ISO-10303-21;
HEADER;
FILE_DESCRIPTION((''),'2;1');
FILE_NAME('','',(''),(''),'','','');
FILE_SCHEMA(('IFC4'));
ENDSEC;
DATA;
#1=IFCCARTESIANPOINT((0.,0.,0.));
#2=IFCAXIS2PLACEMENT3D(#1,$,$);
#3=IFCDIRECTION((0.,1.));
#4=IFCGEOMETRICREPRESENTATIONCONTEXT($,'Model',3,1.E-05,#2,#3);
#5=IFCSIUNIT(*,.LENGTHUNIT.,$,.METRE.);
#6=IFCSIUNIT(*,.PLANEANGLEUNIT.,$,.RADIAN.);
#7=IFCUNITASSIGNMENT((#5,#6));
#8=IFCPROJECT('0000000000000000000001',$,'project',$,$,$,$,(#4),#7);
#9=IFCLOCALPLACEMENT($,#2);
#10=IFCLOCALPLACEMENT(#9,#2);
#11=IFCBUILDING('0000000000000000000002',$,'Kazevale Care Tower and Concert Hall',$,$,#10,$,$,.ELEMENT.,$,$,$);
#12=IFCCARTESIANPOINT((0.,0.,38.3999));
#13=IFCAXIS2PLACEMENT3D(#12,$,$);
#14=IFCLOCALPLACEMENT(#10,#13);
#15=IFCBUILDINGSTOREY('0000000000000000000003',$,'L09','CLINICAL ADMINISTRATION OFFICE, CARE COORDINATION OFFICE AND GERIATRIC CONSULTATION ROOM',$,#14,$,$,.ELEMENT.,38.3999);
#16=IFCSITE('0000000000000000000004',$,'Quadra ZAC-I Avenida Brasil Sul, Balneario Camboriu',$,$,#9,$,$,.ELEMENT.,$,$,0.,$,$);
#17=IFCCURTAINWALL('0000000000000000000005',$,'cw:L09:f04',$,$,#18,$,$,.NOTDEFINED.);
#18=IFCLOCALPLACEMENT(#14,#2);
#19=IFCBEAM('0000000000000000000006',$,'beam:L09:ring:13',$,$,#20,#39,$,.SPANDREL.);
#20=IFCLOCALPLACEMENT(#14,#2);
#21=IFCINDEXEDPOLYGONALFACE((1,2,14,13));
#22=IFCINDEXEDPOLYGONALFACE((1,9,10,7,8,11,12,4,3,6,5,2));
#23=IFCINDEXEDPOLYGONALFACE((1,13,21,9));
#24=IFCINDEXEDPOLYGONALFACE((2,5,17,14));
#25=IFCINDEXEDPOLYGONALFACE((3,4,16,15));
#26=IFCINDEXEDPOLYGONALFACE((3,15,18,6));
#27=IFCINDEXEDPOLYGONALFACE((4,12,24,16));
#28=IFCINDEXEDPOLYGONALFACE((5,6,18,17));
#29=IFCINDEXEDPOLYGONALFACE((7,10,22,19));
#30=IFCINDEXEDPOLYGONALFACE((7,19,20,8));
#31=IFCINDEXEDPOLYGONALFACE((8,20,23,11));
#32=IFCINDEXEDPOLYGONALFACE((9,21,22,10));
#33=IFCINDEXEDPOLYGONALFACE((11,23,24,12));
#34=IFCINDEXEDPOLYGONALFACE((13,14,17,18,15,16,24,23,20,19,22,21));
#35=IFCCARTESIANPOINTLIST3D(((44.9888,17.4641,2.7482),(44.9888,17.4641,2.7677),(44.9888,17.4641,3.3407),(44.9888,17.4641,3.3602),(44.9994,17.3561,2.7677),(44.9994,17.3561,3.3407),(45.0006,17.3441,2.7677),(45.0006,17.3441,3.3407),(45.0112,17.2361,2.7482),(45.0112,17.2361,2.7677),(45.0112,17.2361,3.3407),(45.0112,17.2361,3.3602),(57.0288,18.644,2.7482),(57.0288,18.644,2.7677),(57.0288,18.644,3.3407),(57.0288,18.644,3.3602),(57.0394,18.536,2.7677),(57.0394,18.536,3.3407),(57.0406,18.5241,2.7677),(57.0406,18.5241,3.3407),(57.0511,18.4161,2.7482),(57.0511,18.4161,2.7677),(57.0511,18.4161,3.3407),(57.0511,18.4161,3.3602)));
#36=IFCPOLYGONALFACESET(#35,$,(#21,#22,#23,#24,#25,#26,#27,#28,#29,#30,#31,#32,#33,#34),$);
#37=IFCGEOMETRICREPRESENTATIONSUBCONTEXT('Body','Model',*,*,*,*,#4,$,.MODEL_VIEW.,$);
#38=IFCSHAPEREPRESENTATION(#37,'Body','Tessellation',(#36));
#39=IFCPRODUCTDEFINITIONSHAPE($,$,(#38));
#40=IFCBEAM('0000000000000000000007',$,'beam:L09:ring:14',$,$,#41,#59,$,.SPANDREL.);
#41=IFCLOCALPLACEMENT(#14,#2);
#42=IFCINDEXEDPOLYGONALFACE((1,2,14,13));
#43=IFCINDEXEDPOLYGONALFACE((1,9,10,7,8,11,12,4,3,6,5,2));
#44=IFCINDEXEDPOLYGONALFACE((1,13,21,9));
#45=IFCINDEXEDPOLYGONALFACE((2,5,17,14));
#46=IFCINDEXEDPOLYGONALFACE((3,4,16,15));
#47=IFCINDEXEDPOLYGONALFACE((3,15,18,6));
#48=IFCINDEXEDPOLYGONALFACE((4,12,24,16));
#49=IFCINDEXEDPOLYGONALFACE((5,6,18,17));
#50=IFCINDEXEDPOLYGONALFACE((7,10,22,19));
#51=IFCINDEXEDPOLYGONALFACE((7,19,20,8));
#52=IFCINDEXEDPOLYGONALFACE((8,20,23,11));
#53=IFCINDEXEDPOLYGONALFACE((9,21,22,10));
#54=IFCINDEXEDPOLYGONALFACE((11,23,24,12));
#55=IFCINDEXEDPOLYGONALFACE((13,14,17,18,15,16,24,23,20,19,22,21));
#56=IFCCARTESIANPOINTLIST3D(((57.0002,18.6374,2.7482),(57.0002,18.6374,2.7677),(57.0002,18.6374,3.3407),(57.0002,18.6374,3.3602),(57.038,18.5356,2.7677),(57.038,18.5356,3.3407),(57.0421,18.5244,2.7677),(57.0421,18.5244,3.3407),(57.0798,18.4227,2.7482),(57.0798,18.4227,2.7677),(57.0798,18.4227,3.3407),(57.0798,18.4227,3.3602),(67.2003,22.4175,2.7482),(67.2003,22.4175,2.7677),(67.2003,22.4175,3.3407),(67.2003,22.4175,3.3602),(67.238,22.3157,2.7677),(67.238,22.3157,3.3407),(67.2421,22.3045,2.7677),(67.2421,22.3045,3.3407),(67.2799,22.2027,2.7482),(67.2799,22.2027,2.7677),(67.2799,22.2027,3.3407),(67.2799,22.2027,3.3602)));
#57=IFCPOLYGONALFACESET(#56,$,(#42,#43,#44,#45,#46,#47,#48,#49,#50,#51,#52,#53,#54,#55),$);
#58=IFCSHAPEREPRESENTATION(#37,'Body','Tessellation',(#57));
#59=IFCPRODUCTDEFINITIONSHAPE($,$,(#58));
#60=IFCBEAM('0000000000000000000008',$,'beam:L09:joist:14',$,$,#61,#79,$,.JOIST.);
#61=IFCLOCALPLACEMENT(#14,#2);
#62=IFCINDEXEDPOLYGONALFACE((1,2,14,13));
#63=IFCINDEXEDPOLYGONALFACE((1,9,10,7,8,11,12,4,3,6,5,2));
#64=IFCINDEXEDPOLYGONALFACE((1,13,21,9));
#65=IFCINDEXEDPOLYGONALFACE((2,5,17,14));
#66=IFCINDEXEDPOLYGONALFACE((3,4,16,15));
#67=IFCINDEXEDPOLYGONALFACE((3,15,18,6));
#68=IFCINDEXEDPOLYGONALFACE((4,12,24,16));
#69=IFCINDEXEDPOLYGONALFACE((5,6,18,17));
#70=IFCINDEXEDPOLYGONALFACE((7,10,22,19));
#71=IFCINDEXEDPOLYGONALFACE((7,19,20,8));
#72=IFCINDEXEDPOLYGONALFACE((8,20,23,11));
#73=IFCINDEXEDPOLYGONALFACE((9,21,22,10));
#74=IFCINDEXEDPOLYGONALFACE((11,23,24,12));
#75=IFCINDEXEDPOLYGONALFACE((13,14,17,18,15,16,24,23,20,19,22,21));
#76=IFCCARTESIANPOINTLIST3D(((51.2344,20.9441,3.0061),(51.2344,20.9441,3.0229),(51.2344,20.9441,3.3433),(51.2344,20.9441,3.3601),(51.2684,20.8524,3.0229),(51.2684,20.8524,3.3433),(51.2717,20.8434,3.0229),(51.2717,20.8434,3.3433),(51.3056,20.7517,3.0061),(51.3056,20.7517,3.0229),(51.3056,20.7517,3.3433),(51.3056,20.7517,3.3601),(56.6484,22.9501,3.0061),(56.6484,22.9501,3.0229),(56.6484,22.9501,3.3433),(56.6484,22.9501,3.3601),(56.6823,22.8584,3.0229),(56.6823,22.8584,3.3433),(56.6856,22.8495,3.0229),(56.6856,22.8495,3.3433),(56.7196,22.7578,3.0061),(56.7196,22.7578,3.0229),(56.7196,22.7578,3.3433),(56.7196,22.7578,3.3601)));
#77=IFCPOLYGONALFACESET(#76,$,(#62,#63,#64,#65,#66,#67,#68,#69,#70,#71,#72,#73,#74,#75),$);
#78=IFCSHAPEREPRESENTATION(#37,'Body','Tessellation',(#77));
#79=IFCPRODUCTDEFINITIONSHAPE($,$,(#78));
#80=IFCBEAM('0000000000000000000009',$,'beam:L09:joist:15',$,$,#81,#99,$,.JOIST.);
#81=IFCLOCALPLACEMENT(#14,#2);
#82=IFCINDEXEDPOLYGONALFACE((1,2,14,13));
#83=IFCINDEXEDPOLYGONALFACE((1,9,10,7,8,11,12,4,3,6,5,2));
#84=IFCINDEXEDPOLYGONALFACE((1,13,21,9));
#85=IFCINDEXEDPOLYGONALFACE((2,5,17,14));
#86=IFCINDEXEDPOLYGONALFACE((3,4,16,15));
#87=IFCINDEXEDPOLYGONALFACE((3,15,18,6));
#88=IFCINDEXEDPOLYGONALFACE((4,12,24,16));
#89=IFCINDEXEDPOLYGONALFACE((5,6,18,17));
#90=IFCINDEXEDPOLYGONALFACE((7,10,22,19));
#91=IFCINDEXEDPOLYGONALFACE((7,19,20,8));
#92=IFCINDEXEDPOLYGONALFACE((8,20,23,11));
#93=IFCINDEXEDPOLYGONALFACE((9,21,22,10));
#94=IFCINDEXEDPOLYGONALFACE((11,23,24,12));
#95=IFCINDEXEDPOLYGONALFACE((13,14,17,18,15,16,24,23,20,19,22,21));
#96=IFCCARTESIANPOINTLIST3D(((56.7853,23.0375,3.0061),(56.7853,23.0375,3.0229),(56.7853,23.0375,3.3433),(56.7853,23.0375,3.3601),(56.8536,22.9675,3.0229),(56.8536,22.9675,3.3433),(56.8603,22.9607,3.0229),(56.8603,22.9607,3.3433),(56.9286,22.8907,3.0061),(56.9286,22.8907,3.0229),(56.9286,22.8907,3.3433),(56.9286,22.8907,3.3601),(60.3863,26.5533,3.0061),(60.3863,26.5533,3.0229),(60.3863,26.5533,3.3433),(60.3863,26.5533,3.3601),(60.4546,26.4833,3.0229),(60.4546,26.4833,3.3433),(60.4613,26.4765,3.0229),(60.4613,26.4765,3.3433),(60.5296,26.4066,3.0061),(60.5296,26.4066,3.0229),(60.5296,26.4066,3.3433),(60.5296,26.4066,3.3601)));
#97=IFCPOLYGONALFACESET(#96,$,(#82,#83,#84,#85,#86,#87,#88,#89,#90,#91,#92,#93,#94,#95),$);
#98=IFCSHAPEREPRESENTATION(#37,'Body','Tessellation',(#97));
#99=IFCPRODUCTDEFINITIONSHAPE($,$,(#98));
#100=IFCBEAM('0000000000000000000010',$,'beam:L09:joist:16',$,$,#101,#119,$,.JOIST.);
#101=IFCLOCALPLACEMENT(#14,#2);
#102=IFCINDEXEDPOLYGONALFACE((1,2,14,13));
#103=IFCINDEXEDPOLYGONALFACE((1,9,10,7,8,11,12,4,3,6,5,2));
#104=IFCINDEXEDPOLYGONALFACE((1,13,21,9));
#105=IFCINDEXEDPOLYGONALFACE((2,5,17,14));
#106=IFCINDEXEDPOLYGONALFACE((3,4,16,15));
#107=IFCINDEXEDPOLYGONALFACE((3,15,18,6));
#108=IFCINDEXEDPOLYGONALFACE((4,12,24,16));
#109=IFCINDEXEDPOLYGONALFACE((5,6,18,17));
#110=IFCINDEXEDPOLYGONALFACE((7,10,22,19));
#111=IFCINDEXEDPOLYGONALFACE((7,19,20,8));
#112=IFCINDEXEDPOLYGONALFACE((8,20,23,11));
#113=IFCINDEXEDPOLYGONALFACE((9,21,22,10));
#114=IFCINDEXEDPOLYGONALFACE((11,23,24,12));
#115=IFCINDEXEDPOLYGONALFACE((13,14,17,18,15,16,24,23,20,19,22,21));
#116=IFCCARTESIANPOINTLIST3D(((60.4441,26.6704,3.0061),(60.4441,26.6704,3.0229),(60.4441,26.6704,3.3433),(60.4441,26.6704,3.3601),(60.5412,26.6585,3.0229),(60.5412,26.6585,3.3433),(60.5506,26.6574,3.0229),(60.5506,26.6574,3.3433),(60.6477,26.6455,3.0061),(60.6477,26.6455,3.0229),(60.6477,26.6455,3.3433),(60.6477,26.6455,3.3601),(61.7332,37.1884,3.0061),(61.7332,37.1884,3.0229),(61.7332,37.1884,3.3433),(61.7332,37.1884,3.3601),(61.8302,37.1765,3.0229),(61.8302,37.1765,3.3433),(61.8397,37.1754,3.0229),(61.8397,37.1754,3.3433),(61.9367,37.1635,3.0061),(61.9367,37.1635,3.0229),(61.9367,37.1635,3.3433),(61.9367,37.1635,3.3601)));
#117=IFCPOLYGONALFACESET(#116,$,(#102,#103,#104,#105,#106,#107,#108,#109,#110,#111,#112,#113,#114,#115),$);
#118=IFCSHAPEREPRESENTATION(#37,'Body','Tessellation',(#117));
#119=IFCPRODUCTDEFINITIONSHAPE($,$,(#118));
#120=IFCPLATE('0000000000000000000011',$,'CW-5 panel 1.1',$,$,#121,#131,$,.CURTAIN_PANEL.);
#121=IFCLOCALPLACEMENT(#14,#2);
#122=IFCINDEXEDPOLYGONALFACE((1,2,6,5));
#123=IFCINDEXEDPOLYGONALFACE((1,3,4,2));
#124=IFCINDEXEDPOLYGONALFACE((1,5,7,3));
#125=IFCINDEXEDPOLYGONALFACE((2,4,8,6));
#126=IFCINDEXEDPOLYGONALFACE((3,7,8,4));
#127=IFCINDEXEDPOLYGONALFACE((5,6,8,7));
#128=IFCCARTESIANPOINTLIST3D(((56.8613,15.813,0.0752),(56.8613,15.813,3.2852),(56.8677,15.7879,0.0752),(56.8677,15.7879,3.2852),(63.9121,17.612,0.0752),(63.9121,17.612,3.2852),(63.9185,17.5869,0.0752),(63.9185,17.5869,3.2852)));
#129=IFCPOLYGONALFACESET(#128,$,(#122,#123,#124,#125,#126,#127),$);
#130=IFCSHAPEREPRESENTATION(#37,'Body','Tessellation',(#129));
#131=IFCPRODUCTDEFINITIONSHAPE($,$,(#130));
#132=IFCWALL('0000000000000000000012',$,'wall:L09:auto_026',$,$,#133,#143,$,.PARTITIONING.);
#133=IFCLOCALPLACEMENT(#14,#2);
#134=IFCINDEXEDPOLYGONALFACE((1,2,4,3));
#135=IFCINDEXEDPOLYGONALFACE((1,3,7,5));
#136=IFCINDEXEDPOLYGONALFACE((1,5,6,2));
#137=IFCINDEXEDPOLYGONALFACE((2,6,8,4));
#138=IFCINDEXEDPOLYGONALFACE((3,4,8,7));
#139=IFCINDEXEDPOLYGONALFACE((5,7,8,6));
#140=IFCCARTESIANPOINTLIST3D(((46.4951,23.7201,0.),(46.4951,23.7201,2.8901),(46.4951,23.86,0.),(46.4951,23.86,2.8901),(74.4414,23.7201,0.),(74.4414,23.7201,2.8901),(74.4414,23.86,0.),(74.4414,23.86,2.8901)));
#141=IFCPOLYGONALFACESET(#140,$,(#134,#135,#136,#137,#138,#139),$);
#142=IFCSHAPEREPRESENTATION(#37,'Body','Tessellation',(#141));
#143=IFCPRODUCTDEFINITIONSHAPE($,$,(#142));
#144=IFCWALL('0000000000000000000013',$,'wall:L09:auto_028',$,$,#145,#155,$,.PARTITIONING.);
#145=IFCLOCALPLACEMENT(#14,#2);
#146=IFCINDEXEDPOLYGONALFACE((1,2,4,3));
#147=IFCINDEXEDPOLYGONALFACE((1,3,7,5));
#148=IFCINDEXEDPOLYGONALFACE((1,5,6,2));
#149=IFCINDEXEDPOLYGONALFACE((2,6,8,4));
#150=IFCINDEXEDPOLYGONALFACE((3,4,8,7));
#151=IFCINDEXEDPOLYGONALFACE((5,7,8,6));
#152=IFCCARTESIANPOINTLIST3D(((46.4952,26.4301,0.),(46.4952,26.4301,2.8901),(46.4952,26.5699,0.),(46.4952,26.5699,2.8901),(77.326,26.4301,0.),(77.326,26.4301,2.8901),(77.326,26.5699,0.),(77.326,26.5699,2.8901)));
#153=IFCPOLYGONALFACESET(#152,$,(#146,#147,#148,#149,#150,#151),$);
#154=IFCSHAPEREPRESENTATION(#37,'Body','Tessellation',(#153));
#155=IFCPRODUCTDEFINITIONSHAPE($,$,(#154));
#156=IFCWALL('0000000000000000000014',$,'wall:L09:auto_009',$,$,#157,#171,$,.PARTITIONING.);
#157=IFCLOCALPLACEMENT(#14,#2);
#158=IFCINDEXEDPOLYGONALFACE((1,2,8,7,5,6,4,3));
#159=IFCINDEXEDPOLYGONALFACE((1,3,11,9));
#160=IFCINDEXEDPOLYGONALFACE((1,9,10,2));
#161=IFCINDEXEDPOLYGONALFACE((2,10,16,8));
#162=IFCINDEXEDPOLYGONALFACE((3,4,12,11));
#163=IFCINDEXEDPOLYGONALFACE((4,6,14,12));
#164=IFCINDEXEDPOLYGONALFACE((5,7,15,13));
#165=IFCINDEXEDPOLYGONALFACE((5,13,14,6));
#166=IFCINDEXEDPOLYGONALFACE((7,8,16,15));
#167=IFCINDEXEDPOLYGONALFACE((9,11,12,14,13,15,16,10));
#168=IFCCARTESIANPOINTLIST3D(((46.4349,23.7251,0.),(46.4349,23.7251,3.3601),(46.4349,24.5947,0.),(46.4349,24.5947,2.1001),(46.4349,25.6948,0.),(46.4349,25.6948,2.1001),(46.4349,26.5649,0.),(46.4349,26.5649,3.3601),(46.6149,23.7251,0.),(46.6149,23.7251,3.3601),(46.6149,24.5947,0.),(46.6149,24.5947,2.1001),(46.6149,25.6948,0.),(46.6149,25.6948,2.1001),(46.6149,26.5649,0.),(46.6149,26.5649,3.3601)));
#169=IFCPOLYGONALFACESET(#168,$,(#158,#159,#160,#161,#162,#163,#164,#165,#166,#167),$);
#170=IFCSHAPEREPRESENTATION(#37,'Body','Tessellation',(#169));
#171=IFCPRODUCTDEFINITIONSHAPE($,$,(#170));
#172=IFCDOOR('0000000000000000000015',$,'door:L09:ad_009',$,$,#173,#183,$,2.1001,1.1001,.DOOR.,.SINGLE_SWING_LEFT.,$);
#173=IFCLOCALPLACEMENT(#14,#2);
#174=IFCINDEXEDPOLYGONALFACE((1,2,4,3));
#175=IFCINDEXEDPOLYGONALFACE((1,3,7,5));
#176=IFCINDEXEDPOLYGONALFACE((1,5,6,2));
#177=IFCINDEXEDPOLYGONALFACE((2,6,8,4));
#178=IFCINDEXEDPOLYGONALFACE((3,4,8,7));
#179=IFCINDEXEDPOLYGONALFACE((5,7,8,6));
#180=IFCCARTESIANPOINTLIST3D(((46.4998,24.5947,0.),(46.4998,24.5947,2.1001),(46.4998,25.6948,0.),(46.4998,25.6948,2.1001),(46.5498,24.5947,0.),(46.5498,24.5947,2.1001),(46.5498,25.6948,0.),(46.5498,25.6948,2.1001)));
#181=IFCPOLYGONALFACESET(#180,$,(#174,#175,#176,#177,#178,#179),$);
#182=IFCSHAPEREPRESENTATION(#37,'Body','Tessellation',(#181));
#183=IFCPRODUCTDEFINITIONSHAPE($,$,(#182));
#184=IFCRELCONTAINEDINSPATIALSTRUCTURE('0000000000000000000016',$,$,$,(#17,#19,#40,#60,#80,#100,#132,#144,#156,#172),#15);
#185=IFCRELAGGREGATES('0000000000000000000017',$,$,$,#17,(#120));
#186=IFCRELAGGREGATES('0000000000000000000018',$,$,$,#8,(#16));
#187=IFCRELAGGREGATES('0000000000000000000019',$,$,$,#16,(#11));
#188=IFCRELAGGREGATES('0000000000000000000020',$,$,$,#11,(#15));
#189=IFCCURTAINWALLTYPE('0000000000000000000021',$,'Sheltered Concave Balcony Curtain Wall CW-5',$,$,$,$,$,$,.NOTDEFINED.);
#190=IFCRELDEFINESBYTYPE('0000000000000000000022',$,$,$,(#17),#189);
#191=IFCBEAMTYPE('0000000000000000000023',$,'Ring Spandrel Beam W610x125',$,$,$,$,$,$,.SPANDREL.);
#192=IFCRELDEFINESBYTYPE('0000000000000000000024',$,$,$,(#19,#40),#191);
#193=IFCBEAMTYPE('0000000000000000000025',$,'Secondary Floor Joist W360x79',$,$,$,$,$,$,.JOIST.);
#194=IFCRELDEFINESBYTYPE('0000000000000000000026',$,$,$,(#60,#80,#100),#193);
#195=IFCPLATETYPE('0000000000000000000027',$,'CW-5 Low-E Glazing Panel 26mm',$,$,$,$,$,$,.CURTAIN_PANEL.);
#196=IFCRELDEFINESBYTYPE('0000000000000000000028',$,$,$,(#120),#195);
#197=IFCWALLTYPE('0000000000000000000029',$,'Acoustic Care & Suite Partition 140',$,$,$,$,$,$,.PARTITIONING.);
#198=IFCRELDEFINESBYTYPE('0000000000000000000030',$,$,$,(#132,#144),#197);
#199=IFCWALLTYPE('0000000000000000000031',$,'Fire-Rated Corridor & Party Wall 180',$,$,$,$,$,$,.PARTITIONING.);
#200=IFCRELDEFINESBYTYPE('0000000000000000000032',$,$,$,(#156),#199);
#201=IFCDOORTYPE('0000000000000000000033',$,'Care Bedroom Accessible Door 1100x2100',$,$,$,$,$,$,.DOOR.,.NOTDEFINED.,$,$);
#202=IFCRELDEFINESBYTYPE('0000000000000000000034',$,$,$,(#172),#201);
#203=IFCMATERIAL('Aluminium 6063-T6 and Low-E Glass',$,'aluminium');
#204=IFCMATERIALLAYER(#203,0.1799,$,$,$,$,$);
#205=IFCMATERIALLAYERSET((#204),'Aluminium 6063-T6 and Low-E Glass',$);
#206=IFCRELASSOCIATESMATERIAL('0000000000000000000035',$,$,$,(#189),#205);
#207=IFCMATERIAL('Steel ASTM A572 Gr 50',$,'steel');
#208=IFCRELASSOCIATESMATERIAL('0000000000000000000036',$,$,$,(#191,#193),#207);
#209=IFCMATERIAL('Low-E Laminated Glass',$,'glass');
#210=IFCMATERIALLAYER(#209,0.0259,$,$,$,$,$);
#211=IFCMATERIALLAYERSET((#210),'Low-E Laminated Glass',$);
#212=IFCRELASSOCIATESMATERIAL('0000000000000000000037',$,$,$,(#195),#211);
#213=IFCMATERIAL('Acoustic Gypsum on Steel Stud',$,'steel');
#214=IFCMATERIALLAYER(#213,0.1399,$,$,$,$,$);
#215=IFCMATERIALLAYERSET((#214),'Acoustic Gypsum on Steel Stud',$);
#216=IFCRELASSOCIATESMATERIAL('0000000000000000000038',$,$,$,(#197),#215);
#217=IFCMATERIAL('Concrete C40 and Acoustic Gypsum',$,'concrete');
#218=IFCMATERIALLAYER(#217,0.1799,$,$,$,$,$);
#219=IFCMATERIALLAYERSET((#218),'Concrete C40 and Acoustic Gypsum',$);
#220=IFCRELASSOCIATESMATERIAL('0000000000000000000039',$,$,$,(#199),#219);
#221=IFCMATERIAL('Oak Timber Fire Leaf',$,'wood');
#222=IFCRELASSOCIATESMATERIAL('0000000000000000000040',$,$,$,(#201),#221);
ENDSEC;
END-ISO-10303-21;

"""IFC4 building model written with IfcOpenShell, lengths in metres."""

from ifc_helpers import new_model, si_unit, direction, frame, frame_2d, origin, origin_2d, place, context, subcontext, project, spatial, rectangle, i_section, extrude, material, layer, layer_set, material_profile, profile_set, type_object, element, fill, aggregate, save


model = new_model("IFC4")

# Units and contexts
model_context = context("Model", 3, precision=1e-05, world=origin(), true_north=direction((0.0, 1.0)))
body_context = subcontext(model_context, "Body", "Model", "MODEL_VIEW")
ifc_project = project(units=[si_unit("LENGTHUNIT", "METRE"), si_unit("PLANEANGLEUNIT", "RADIAN")], contexts=[model_context])

# Site, building, storey
site_placement = place(None, origin())
site = spatial("IfcSite", under=ifc_project, at=site_placement, Name="Quadra ZAC-I Avenida Brasil Sul, Balneario Camboriu", CompositionType="ELEMENT", RefElevation=0.0)
building_placement = place(site_placement, origin())
building = spatial("IfcBuilding", under=site, at=building_placement, Name="Kazevale Care Tower and Concert Hall", CompositionType="ELEMENT")
storey_placement = place(building_placement, frame((0.0, 0.0, 38.3999)))
storey = spatial("IfcBuildingStorey", under=building, at=storey_placement, Name="L09", Description="CLINICAL ADMINISTRATION OFFICE, CARE COORDINATION OFFICE AND GERIATRIC CONSULTATION ROOM", CompositionType="ELEMENT", Elevation=38.3999)

# Curtain wall
ifc_material_1 = material(Name="Aluminium 6063-T6 and Low-E Glass", Category="aluminium")
ifc_layer_1 = layer(ifc_material_1, 0.1799)
ifc_layer_set_1 = layer_set([ifc_layer_1], Name="Aluminium 6063-T6 and Low-E Glass")
curtain_wall_type = type_object("IfcCurtainWallType", Name="Sheltered Concave Balcony Curtain Wall CW-5", PredefinedType="NOTDEFINED", material=ifc_layer_set_1)
curtain_wall_1_placement = place(storey_placement, origin())
curtain_wall_1 = element("IfcCurtainWall", 1, at=curtain_wall_1_placement, inside=storey, type_object=curtain_wall_type, Name="cw:L09:f04", PredefinedType="NOTDEFINED")

# Beams
ifc_material_2 = material(Name="Steel ASTM A572 Gr 50", Category="steel")
ifc_material_profile_1 = material_profile(ifc_material_2, i_section(OverallWidth=0.229, OverallDepth=0.6121, WebThickness=0.012, FlangeThickness=0.0195, at=origin_2d()), Name="W610x125")
ifc_profile_set_1 = profile_set([ifc_material_profile_1], Name="Steel ASTM A572 Gr 50")
beam_type_1 = type_object("IfcBeamType", Name="Ring Spandrel Beam W610x125", PredefinedType="SPANDREL", material=ifc_profile_set_1)
beam_1_placement = place(storey_placement, frame((45.0, 17.3501, 3.0542), z_axis=(0.995232, 0.097533, 0.0), x_axis=(-0.097533, 0.995232, 0.0)))
element("IfcBeam", 2, at=beam_1_placement, inside=storey, type_object=beam_type_1, Name="beam:L09:ring:13", PredefinedType="SPANDREL", context=body_context, shape_type="SweptSolid", body=[
    extrude(i_section(OverallWidth=0.229, OverallDepth=0.6121, WebThickness=0.012, FlangeThickness=0.0195, at=origin_2d()), origin(), (0.0, 0.0, 1.0), 12.0977),
])
beam_2_placement = place(storey_placement, frame((57.04, 18.53, 3.0542), z_axis=(0.937681, 0.347498, 0.0), x_axis=(-0.347498, 0.937681, 0.0)))
element("IfcBeam", 3, at=beam_2_placement, inside=storey, type_object=beam_type_1, Name="beam:L09:ring:14", PredefinedType="SPANDREL", context=body_context, shape_type="SweptSolid", body=[
    extrude(i_section(OverallWidth=0.229, OverallDepth=0.6121, WebThickness=0.012, FlangeThickness=0.0195, at=origin_2d()), origin(), (0.0, 0.0, 1.0), 10.8779),
])
ifc_material_profile_2 = material_profile(ifc_material_2, i_section(OverallWidth=0.2051, OverallDepth=0.354, WebThickness=0.0095, FlangeThickness=0.0168, at=origin_2d()), Name="W360x79")
ifc_profile_set_2 = profile_set([ifc_material_profile_2], Name="Steel ASTM A572 Gr 50")
beam_type_2 = type_object("IfcBeamType", Name="Secondary Floor Joist W360x79", PredefinedType="JOIST", material=ifc_profile_set_2)
beam_3_placement = place(storey_placement, frame((51.27, 20.8479, 3.1831), z_axis=(0.937698, 0.347451, 0.0), x_axis=(-0.347451, 0.937698, 0.0)))
element("IfcBeam", 4, at=beam_3_placement, inside=storey, type_object=beam_type_2, Name="beam:L09:joist:14", PredefinedType="JOIST", context=body_context, shape_type="SweptSolid", body=[
    extrude(i_section(OverallWidth=0.2051, OverallDepth=0.354, WebThickness=0.0095, FlangeThickness=0.0168, at=origin_2d()), origin(), (0.0, 0.0, 1.0), 5.7737),
])
beam_4_placement = place(storey_placement, frame((56.8569, 22.9641, 3.1831), z_axis=(0.715521, 0.698591, 0.0), x_axis=(-0.698591, 0.715521, 0.0)))
element("IfcBeam", 5, at=beam_4_placement, inside=storey, type_object=beam_type_2, Name="beam:L09:joist:15", PredefinedType="JOIST", context=body_context, shape_type="SweptSolid", body=[
    extrude(i_section(OverallWidth=0.2051, OverallDepth=0.354, WebThickness=0.0095, FlangeThickness=0.0168, at=origin_2d()), origin(), (0.0, 0.0, 1.0), 5.0327),
])
beam_5_placement = place(storey_placement, frame((60.5459, 26.658, 3.1831), z_axis=(0.121647, 0.992573, 0.0), x_axis=(-0.992573, 0.121647, 0.0)))
element("IfcBeam", 6, at=beam_5_placement, inside=storey, type_object=beam_type_2, Name="beam:L09:joist:16", PredefinedType="JOIST", context=body_context, shape_type="SweptSolid", body=[
    extrude(i_section(OverallWidth=0.2051, OverallDepth=0.354, WebThickness=0.0095, FlangeThickness=0.0168, at=origin_2d()), origin(), (0.0, 0.0, 1.0), 10.5967),
])

# Plate
ifc_material_3 = material(Name="Low-E Laminated Glass", Category="glass")
ifc_layer_2 = layer(ifc_material_3, 0.0259)
ifc_layer_set_2 = layer_set([ifc_layer_2], Name="Low-E Laminated Glass")
plate_type = type_object("IfcPlateType", Name="CW-5 Low-E Glazing Panel 26mm", PredefinedType="CURTAIN_PANEL", material=ifc_layer_set_2)
plate_placement = place(storey_placement, frame((60.3899, 16.7, 0.0752), z_axis=(0.0, 0.0, 1.0), x_axis=(-0.968959, -0.247222, 0.0)))
plate = element("IfcPlate", 7, at=plate_placement, type_object=plate_type, Name="CW-5 panel 1.1", PredefinedType="CURTAIN_PANEL", context=body_context, shape_type="SweptSolid", body=[
    extrude(rectangle(XDim=7.2766, YDim=0.0259, at=origin_2d()), origin(), (0.0, 0.0, 1.0), 3.21),
])
aggregate(curtain_wall_1, [plate])

# Walls
ifc_material_4 = material(Name="Acoustic Gypsum on Steel Stud", Category="steel")
ifc_layer_3 = layer(ifc_material_4, 0.1399)
ifc_layer_set_3 = layer_set([ifc_layer_3], Name="Acoustic Gypsum on Steel Stud")
wall_type_1 = type_object("IfcWallType", Name="Acoustic Care & Suite Partition 140", PredefinedType="PARTITIONING", material=ifc_layer_set_3)
wall_1_placement = place(storey_placement, frame((46.4951, 23.79, 0.0), z_axis=(0.0, 0.0, 1.0), x_axis=(1.0, 0.0, 0.0)))
element("IfcWall", 8, at=wall_1_placement, inside=storey, type_object=wall_type_1, Name="wall:L09:auto_026", PredefinedType="PARTITIONING", context=body_context, shape_type="SweptSolid", body=[
    extrude(rectangle(XDim=27.9463, YDim=0.1399, at=frame_2d((13.9731, 0.0))), origin(), (0.0, 0.0, 1.0), 2.8901),
])
wall_2_placement = place(storey_placement, frame((46.4951, 26.5, 0.0), z_axis=(0.0, 0.0, 1.0), x_axis=(1.0, 0.0, 0.0)))
element("IfcWall", 9, at=wall_2_placement, inside=storey, type_object=wall_type_1, Name="wall:L09:auto_028", PredefinedType="PARTITIONING", context=body_context, shape_type="SweptSolid", body=[
    extrude(rectangle(XDim=30.8308, YDim=0.1399, at=frame_2d((15.4155, 0.0))), origin(), (0.0, 0.0, 1.0), 2.8901),
])

# Wall, opening, door
ifc_material_5 = material(Name="Concrete C40 and Acoustic Gypsum", Category="concrete")
ifc_layer_4 = layer(ifc_material_5, 0.1799)
ifc_layer_set_4 = layer_set([ifc_layer_4], Name="Concrete C40 and Acoustic Gypsum")
wall_type_2 = type_object("IfcWallType", Name="Fire-Rated Corridor & Party Wall 180", PredefinedType="PARTITIONING", material=ifc_layer_set_4)
ifc_material_6 = material(Name="Oak Timber Fire Leaf", Category="wood")
wall_3_placement = place(storey_placement, frame((46.5249, 26.5649, 0.0), z_axis=(0.0, 0.0, 1.0), x_axis=(0.0, -1.0, 0.0)))
wall_3 = element("IfcWall", 10, at=wall_3_placement, inside=storey, type_object=wall_type_2, Name="wall:L09:auto_009", PredefinedType="PARTITIONING", context=body_context, shape_type="SweptSolid", body=[
    extrude(rectangle(XDim=2.8398, YDim=0.1799, at=frame_2d((1.4199, 0.0))), origin(), (0.0, 0.0, 1.0), 3.3601),
])
opening_1_placement = place(wall_3_placement, frame((0.8701, 0.0, 0.0)))
opening_1 = element("IfcOpeningElement", 11, at=opening_1_placement, cuts=wall_3, PredefinedType="OPENING", context=body_context, shape_type="SweptSolid", body=[
    extrude(rectangle(XDim=1.1001, YDim=2.1001, at=frame_2d((0.55, 1.05))), frame((0.0, 0.0999, 0.0), z_axis=(0.0, -1.0, 0.0), x_axis=(1.0, 0.0, 0.0)), (0.0, 0.0, 1.0), 0.2),
])
door_type_1 = type_object("IfcDoorType", Name="Care Bedroom Accessible Door 1100x2100", OperationType="NOTDEFINED", PredefinedType="DOOR", material=ifc_material_6)
door_1_placement = place(opening_1_placement, origin())
door_1 = element("IfcDoor", 12, at=door_1_placement, inside=storey, type_object=door_type_1, Name="door:L09:ad_009", OperationType="SINGLE_SWING_LEFT", OverallHeight=2.1001, OverallWidth=1.1001, PredefinedType="DOOR", context=body_context, shape_type="SweptSolid", body=[
    extrude(rectangle(XDim=1.1001, YDim=2.1001, at=frame_2d((0.55, 1.05))), frame((0.0, 0.0249, 0.0), z_axis=(0.0, -1.0, 0.0), x_axis=(1.0, 0.0, 0.0)), (0.0, 0.0, 1.0), 0.05),
])
fill(opening_1, door_1)

save(model, "model.ifc")
